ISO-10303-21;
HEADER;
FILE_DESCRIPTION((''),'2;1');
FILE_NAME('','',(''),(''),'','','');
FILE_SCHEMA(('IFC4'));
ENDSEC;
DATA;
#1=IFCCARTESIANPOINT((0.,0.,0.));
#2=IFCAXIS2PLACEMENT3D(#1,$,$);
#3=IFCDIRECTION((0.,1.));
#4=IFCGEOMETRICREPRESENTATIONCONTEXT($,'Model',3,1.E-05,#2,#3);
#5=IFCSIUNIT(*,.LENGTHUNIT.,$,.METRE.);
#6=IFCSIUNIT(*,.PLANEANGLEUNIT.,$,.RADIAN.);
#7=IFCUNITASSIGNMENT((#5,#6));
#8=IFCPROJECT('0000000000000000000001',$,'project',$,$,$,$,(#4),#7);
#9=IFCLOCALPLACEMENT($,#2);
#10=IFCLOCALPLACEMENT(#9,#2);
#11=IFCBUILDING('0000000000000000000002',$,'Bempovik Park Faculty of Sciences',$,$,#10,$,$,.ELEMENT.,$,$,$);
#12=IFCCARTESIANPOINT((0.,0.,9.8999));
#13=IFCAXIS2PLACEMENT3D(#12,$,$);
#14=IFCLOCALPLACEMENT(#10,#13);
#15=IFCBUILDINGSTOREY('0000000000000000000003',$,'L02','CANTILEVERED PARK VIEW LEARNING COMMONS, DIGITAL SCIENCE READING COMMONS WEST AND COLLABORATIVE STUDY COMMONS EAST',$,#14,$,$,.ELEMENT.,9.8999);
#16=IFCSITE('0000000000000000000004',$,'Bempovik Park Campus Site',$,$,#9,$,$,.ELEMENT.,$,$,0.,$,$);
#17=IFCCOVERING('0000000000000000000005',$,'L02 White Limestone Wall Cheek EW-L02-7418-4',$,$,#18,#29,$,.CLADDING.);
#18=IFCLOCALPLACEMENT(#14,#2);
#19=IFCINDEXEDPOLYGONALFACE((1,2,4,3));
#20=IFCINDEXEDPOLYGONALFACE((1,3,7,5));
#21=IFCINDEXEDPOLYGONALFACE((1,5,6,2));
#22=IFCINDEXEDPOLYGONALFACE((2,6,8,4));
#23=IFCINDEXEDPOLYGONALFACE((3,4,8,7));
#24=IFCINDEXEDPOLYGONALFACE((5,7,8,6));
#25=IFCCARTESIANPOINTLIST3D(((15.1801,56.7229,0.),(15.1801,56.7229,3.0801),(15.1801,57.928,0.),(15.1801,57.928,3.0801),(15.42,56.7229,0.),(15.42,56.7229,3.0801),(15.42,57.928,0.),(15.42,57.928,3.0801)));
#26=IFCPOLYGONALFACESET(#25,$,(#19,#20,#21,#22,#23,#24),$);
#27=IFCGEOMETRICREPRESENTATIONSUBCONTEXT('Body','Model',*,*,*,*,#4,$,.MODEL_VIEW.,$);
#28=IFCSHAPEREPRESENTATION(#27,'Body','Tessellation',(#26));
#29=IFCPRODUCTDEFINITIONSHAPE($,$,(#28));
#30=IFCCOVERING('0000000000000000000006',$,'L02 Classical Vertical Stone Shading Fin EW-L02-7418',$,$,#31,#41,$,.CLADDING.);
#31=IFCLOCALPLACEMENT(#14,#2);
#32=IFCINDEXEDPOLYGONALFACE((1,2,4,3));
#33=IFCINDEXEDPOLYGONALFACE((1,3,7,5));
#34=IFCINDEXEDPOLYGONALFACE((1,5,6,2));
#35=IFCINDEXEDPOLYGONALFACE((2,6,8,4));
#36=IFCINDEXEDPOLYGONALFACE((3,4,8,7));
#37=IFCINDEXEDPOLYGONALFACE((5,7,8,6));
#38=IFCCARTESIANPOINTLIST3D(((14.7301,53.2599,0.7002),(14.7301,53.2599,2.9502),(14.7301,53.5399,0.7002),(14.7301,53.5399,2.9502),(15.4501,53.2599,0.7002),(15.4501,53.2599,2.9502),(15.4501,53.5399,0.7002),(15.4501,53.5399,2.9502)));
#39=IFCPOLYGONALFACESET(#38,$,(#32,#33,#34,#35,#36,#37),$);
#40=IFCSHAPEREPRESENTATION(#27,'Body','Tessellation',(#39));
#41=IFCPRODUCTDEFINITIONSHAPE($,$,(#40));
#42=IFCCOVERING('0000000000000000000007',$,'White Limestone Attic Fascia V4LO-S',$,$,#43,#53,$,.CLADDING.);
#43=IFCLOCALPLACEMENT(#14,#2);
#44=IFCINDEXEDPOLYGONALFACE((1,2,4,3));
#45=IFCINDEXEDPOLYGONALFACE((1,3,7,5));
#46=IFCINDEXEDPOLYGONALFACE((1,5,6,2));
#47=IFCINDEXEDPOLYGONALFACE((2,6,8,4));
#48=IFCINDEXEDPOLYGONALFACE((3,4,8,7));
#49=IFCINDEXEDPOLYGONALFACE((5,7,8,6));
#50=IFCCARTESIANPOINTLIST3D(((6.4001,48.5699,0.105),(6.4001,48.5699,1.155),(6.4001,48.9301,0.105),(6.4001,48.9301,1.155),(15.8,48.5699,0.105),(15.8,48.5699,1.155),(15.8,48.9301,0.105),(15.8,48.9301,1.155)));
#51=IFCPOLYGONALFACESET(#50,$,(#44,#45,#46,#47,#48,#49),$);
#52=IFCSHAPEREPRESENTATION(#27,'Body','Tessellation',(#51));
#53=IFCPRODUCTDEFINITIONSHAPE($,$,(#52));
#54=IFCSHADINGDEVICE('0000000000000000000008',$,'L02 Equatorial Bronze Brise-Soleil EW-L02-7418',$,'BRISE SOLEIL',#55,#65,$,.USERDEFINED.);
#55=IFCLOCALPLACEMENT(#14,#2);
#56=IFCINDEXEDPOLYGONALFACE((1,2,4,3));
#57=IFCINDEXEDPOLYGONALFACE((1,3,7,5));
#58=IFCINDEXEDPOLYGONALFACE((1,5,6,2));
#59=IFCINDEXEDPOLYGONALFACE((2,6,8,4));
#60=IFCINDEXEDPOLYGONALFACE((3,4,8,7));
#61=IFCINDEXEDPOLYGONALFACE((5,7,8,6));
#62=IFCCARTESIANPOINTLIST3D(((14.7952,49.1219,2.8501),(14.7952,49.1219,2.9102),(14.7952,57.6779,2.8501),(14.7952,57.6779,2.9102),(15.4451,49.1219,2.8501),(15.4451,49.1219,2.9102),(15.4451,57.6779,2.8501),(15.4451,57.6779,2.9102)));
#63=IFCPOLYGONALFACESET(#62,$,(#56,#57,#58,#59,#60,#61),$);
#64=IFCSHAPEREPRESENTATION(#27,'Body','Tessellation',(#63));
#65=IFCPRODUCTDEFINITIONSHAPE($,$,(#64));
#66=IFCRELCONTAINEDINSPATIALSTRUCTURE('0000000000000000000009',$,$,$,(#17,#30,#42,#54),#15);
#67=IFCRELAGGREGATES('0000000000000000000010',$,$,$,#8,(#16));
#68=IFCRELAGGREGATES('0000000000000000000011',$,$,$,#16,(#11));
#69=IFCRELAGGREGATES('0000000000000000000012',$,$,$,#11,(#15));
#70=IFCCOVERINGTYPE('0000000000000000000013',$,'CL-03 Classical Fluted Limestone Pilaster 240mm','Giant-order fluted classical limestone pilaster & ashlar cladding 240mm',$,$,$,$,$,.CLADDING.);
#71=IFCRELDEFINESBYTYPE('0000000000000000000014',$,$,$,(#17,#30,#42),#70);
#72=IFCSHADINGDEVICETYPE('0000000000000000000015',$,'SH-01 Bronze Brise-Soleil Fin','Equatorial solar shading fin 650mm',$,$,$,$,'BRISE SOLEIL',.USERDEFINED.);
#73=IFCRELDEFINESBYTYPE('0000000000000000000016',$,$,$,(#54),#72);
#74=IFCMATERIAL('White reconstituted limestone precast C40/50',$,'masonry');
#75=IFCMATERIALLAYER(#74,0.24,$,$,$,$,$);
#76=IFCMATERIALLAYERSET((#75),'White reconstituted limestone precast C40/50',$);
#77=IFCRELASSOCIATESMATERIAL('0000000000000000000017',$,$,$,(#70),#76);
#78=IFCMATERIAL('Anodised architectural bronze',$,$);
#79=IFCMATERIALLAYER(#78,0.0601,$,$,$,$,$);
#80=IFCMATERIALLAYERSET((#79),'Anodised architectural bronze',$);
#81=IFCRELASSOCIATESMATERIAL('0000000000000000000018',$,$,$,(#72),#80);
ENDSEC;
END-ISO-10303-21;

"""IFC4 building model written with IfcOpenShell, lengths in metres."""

from ifc_helpers import new_model, si_unit, direction, frame, origin, origin_2d, place, context, subcontext, project, spatial, rectangle, extrude, material, layer, layer_set, type_object, element, save


model = new_model("IFC4")

# Units and contexts
model_context = context("Model", 3, precision=1e-05, world=origin(), true_north=direction((0.0, 1.0)))
body_context = subcontext(model_context, "Body", "Model", "MODEL_VIEW")
ifc_project = project(units=[si_unit("LENGTHUNIT", "METRE"), si_unit("PLANEANGLEUNIT", "RADIAN")], contexts=[model_context])

# Site, building, storey
site_placement = place(None, origin())
site = spatial("IfcSite", under=ifc_project, at=site_placement, Name="Bempovik Park Campus Site", CompositionType="ELEMENT", RefElevation=0.0)
building_placement = place(site_placement, origin())
building = spatial("IfcBuilding", under=site, at=building_placement, Name="Bempovik Park Faculty of Sciences", CompositionType="ELEMENT")
storey_placement = place(building_placement, frame((0.0, 0.0, 9.8999)))
storey = spatial("IfcBuildingStorey", under=building, at=storey_placement, Name="L02", Description="CANTILEVERED PARK VIEW LEARNING COMMONS, DIGITAL SCIENCE READING COMMONS WEST AND COLLABORATIVE STUDY COMMONS EAST", CompositionType="ELEMENT", Elevation=9.8999)

# Coverings
ifc_material_1 = material(Name="White reconstituted limestone precast C40/50", Category="masonry")
ifc_layer_1 = layer(ifc_material_1, 0.24)
ifc_layer_set_1 = layer_set([ifc_layer_1], Name="White reconstituted limestone precast C40/50")
covering_type_1 = type_object("IfcCoveringType", Name="CL-03 Classical Fluted Limestone Pilaster 240mm", Description="Giant-order fluted classical limestone pilaster & ashlar cladding 240mm", PredefinedType="CLADDING", material=ifc_layer_set_1)
covering_1_placement = place(storey_placement, frame((15.3, 57.3254, 0.0), z_axis=(0.0, 0.0, 1.0), x_axis=(1.0, 0.0, 0.0)))
element("IfcCovering", 1, at=covering_1_placement, inside=storey, type_object=covering_type_1, Name="L02 White Limestone Wall Cheek EW-L02-7418-4", PredefinedType="CLADDING", context=body_context, shape_type="SweptSolid", body=[
    extrude(rectangle(XDim=0.24, YDim=1.2051, at=origin_2d()), origin(), (0.0, 0.0, 1.0), 3.0801),
])
covering_2_placement = place(storey_placement, frame((15.0901, 53.3999, 0.7002), z_axis=(0.0, 0.0, 1.0), x_axis=(1.0, 0.0, 0.0)))
element("IfcCovering", 2, at=covering_2_placement, inside=storey, type_object=covering_type_1, Name="L02 Classical Vertical Stone Shading Fin EW-L02-7418", PredefinedType="CLADDING", context=body_context, shape_type="SweptSolid", body=[
    extrude(rectangle(XDim=0.72, YDim=0.28, at=origin_2d()), origin(), (0.0, 0.0, 1.0), 2.25),
])
covering_3_placement = place(storey_placement, frame((11.1001, 48.75, 0.105), z_axis=(0.0, 0.0, 1.0), x_axis=(1.0, 0.0, 0.0)))
element("IfcCovering", 3, at=covering_3_placement, inside=storey, type_object=covering_type_1, Name="White Limestone Attic Fascia V4LO-S", PredefinedType="CLADDING", context=body_context, shape_type="SweptSolid", body=[
    extrude(rectangle(XDim=9.3999, YDim=0.3601, at=origin_2d()), origin(), (0.0, 0.0, 1.0), 1.05),
])

# Shading device
ifc_material_2 = material(Name="Anodised architectural bronze")
ifc_layer_2 = layer(ifc_material_2, 0.0601)
ifc_layer_set_2 = layer_set([ifc_layer_2], Name="Anodised architectural bronze")
shading_device_type = type_object("IfcShadingDeviceType", Name="SH-01 Bronze Brise-Soleil Fin", Description="Equatorial solar shading fin 650mm", ElementType="BRISE SOLEIL", PredefinedType="USERDEFINED", material=ifc_layer_set_2)
shading_device_placement = place(storey_placement, frame((15.1201, 53.3999, 2.8501), z_axis=(0.0, 0.0, 1.0), x_axis=(1.0, 0.0, 0.0)))
element("IfcShadingDevice", 4, at=shading_device_placement, inside=storey, type_object=shading_device_type, Name="L02 Equatorial Bronze Brise-Soleil EW-L02-7418", ObjectType="BRISE SOLEIL", PredefinedType="USERDEFINED", context=body_context, shape_type="SweptSolid", body=[
    extrude(rectangle(XDim=0.6499, YDim=8.5559, at=origin_2d()), origin(), (0.0, 0.0, 1.0), 0.0601),
])

save(model, "model.ifc")
